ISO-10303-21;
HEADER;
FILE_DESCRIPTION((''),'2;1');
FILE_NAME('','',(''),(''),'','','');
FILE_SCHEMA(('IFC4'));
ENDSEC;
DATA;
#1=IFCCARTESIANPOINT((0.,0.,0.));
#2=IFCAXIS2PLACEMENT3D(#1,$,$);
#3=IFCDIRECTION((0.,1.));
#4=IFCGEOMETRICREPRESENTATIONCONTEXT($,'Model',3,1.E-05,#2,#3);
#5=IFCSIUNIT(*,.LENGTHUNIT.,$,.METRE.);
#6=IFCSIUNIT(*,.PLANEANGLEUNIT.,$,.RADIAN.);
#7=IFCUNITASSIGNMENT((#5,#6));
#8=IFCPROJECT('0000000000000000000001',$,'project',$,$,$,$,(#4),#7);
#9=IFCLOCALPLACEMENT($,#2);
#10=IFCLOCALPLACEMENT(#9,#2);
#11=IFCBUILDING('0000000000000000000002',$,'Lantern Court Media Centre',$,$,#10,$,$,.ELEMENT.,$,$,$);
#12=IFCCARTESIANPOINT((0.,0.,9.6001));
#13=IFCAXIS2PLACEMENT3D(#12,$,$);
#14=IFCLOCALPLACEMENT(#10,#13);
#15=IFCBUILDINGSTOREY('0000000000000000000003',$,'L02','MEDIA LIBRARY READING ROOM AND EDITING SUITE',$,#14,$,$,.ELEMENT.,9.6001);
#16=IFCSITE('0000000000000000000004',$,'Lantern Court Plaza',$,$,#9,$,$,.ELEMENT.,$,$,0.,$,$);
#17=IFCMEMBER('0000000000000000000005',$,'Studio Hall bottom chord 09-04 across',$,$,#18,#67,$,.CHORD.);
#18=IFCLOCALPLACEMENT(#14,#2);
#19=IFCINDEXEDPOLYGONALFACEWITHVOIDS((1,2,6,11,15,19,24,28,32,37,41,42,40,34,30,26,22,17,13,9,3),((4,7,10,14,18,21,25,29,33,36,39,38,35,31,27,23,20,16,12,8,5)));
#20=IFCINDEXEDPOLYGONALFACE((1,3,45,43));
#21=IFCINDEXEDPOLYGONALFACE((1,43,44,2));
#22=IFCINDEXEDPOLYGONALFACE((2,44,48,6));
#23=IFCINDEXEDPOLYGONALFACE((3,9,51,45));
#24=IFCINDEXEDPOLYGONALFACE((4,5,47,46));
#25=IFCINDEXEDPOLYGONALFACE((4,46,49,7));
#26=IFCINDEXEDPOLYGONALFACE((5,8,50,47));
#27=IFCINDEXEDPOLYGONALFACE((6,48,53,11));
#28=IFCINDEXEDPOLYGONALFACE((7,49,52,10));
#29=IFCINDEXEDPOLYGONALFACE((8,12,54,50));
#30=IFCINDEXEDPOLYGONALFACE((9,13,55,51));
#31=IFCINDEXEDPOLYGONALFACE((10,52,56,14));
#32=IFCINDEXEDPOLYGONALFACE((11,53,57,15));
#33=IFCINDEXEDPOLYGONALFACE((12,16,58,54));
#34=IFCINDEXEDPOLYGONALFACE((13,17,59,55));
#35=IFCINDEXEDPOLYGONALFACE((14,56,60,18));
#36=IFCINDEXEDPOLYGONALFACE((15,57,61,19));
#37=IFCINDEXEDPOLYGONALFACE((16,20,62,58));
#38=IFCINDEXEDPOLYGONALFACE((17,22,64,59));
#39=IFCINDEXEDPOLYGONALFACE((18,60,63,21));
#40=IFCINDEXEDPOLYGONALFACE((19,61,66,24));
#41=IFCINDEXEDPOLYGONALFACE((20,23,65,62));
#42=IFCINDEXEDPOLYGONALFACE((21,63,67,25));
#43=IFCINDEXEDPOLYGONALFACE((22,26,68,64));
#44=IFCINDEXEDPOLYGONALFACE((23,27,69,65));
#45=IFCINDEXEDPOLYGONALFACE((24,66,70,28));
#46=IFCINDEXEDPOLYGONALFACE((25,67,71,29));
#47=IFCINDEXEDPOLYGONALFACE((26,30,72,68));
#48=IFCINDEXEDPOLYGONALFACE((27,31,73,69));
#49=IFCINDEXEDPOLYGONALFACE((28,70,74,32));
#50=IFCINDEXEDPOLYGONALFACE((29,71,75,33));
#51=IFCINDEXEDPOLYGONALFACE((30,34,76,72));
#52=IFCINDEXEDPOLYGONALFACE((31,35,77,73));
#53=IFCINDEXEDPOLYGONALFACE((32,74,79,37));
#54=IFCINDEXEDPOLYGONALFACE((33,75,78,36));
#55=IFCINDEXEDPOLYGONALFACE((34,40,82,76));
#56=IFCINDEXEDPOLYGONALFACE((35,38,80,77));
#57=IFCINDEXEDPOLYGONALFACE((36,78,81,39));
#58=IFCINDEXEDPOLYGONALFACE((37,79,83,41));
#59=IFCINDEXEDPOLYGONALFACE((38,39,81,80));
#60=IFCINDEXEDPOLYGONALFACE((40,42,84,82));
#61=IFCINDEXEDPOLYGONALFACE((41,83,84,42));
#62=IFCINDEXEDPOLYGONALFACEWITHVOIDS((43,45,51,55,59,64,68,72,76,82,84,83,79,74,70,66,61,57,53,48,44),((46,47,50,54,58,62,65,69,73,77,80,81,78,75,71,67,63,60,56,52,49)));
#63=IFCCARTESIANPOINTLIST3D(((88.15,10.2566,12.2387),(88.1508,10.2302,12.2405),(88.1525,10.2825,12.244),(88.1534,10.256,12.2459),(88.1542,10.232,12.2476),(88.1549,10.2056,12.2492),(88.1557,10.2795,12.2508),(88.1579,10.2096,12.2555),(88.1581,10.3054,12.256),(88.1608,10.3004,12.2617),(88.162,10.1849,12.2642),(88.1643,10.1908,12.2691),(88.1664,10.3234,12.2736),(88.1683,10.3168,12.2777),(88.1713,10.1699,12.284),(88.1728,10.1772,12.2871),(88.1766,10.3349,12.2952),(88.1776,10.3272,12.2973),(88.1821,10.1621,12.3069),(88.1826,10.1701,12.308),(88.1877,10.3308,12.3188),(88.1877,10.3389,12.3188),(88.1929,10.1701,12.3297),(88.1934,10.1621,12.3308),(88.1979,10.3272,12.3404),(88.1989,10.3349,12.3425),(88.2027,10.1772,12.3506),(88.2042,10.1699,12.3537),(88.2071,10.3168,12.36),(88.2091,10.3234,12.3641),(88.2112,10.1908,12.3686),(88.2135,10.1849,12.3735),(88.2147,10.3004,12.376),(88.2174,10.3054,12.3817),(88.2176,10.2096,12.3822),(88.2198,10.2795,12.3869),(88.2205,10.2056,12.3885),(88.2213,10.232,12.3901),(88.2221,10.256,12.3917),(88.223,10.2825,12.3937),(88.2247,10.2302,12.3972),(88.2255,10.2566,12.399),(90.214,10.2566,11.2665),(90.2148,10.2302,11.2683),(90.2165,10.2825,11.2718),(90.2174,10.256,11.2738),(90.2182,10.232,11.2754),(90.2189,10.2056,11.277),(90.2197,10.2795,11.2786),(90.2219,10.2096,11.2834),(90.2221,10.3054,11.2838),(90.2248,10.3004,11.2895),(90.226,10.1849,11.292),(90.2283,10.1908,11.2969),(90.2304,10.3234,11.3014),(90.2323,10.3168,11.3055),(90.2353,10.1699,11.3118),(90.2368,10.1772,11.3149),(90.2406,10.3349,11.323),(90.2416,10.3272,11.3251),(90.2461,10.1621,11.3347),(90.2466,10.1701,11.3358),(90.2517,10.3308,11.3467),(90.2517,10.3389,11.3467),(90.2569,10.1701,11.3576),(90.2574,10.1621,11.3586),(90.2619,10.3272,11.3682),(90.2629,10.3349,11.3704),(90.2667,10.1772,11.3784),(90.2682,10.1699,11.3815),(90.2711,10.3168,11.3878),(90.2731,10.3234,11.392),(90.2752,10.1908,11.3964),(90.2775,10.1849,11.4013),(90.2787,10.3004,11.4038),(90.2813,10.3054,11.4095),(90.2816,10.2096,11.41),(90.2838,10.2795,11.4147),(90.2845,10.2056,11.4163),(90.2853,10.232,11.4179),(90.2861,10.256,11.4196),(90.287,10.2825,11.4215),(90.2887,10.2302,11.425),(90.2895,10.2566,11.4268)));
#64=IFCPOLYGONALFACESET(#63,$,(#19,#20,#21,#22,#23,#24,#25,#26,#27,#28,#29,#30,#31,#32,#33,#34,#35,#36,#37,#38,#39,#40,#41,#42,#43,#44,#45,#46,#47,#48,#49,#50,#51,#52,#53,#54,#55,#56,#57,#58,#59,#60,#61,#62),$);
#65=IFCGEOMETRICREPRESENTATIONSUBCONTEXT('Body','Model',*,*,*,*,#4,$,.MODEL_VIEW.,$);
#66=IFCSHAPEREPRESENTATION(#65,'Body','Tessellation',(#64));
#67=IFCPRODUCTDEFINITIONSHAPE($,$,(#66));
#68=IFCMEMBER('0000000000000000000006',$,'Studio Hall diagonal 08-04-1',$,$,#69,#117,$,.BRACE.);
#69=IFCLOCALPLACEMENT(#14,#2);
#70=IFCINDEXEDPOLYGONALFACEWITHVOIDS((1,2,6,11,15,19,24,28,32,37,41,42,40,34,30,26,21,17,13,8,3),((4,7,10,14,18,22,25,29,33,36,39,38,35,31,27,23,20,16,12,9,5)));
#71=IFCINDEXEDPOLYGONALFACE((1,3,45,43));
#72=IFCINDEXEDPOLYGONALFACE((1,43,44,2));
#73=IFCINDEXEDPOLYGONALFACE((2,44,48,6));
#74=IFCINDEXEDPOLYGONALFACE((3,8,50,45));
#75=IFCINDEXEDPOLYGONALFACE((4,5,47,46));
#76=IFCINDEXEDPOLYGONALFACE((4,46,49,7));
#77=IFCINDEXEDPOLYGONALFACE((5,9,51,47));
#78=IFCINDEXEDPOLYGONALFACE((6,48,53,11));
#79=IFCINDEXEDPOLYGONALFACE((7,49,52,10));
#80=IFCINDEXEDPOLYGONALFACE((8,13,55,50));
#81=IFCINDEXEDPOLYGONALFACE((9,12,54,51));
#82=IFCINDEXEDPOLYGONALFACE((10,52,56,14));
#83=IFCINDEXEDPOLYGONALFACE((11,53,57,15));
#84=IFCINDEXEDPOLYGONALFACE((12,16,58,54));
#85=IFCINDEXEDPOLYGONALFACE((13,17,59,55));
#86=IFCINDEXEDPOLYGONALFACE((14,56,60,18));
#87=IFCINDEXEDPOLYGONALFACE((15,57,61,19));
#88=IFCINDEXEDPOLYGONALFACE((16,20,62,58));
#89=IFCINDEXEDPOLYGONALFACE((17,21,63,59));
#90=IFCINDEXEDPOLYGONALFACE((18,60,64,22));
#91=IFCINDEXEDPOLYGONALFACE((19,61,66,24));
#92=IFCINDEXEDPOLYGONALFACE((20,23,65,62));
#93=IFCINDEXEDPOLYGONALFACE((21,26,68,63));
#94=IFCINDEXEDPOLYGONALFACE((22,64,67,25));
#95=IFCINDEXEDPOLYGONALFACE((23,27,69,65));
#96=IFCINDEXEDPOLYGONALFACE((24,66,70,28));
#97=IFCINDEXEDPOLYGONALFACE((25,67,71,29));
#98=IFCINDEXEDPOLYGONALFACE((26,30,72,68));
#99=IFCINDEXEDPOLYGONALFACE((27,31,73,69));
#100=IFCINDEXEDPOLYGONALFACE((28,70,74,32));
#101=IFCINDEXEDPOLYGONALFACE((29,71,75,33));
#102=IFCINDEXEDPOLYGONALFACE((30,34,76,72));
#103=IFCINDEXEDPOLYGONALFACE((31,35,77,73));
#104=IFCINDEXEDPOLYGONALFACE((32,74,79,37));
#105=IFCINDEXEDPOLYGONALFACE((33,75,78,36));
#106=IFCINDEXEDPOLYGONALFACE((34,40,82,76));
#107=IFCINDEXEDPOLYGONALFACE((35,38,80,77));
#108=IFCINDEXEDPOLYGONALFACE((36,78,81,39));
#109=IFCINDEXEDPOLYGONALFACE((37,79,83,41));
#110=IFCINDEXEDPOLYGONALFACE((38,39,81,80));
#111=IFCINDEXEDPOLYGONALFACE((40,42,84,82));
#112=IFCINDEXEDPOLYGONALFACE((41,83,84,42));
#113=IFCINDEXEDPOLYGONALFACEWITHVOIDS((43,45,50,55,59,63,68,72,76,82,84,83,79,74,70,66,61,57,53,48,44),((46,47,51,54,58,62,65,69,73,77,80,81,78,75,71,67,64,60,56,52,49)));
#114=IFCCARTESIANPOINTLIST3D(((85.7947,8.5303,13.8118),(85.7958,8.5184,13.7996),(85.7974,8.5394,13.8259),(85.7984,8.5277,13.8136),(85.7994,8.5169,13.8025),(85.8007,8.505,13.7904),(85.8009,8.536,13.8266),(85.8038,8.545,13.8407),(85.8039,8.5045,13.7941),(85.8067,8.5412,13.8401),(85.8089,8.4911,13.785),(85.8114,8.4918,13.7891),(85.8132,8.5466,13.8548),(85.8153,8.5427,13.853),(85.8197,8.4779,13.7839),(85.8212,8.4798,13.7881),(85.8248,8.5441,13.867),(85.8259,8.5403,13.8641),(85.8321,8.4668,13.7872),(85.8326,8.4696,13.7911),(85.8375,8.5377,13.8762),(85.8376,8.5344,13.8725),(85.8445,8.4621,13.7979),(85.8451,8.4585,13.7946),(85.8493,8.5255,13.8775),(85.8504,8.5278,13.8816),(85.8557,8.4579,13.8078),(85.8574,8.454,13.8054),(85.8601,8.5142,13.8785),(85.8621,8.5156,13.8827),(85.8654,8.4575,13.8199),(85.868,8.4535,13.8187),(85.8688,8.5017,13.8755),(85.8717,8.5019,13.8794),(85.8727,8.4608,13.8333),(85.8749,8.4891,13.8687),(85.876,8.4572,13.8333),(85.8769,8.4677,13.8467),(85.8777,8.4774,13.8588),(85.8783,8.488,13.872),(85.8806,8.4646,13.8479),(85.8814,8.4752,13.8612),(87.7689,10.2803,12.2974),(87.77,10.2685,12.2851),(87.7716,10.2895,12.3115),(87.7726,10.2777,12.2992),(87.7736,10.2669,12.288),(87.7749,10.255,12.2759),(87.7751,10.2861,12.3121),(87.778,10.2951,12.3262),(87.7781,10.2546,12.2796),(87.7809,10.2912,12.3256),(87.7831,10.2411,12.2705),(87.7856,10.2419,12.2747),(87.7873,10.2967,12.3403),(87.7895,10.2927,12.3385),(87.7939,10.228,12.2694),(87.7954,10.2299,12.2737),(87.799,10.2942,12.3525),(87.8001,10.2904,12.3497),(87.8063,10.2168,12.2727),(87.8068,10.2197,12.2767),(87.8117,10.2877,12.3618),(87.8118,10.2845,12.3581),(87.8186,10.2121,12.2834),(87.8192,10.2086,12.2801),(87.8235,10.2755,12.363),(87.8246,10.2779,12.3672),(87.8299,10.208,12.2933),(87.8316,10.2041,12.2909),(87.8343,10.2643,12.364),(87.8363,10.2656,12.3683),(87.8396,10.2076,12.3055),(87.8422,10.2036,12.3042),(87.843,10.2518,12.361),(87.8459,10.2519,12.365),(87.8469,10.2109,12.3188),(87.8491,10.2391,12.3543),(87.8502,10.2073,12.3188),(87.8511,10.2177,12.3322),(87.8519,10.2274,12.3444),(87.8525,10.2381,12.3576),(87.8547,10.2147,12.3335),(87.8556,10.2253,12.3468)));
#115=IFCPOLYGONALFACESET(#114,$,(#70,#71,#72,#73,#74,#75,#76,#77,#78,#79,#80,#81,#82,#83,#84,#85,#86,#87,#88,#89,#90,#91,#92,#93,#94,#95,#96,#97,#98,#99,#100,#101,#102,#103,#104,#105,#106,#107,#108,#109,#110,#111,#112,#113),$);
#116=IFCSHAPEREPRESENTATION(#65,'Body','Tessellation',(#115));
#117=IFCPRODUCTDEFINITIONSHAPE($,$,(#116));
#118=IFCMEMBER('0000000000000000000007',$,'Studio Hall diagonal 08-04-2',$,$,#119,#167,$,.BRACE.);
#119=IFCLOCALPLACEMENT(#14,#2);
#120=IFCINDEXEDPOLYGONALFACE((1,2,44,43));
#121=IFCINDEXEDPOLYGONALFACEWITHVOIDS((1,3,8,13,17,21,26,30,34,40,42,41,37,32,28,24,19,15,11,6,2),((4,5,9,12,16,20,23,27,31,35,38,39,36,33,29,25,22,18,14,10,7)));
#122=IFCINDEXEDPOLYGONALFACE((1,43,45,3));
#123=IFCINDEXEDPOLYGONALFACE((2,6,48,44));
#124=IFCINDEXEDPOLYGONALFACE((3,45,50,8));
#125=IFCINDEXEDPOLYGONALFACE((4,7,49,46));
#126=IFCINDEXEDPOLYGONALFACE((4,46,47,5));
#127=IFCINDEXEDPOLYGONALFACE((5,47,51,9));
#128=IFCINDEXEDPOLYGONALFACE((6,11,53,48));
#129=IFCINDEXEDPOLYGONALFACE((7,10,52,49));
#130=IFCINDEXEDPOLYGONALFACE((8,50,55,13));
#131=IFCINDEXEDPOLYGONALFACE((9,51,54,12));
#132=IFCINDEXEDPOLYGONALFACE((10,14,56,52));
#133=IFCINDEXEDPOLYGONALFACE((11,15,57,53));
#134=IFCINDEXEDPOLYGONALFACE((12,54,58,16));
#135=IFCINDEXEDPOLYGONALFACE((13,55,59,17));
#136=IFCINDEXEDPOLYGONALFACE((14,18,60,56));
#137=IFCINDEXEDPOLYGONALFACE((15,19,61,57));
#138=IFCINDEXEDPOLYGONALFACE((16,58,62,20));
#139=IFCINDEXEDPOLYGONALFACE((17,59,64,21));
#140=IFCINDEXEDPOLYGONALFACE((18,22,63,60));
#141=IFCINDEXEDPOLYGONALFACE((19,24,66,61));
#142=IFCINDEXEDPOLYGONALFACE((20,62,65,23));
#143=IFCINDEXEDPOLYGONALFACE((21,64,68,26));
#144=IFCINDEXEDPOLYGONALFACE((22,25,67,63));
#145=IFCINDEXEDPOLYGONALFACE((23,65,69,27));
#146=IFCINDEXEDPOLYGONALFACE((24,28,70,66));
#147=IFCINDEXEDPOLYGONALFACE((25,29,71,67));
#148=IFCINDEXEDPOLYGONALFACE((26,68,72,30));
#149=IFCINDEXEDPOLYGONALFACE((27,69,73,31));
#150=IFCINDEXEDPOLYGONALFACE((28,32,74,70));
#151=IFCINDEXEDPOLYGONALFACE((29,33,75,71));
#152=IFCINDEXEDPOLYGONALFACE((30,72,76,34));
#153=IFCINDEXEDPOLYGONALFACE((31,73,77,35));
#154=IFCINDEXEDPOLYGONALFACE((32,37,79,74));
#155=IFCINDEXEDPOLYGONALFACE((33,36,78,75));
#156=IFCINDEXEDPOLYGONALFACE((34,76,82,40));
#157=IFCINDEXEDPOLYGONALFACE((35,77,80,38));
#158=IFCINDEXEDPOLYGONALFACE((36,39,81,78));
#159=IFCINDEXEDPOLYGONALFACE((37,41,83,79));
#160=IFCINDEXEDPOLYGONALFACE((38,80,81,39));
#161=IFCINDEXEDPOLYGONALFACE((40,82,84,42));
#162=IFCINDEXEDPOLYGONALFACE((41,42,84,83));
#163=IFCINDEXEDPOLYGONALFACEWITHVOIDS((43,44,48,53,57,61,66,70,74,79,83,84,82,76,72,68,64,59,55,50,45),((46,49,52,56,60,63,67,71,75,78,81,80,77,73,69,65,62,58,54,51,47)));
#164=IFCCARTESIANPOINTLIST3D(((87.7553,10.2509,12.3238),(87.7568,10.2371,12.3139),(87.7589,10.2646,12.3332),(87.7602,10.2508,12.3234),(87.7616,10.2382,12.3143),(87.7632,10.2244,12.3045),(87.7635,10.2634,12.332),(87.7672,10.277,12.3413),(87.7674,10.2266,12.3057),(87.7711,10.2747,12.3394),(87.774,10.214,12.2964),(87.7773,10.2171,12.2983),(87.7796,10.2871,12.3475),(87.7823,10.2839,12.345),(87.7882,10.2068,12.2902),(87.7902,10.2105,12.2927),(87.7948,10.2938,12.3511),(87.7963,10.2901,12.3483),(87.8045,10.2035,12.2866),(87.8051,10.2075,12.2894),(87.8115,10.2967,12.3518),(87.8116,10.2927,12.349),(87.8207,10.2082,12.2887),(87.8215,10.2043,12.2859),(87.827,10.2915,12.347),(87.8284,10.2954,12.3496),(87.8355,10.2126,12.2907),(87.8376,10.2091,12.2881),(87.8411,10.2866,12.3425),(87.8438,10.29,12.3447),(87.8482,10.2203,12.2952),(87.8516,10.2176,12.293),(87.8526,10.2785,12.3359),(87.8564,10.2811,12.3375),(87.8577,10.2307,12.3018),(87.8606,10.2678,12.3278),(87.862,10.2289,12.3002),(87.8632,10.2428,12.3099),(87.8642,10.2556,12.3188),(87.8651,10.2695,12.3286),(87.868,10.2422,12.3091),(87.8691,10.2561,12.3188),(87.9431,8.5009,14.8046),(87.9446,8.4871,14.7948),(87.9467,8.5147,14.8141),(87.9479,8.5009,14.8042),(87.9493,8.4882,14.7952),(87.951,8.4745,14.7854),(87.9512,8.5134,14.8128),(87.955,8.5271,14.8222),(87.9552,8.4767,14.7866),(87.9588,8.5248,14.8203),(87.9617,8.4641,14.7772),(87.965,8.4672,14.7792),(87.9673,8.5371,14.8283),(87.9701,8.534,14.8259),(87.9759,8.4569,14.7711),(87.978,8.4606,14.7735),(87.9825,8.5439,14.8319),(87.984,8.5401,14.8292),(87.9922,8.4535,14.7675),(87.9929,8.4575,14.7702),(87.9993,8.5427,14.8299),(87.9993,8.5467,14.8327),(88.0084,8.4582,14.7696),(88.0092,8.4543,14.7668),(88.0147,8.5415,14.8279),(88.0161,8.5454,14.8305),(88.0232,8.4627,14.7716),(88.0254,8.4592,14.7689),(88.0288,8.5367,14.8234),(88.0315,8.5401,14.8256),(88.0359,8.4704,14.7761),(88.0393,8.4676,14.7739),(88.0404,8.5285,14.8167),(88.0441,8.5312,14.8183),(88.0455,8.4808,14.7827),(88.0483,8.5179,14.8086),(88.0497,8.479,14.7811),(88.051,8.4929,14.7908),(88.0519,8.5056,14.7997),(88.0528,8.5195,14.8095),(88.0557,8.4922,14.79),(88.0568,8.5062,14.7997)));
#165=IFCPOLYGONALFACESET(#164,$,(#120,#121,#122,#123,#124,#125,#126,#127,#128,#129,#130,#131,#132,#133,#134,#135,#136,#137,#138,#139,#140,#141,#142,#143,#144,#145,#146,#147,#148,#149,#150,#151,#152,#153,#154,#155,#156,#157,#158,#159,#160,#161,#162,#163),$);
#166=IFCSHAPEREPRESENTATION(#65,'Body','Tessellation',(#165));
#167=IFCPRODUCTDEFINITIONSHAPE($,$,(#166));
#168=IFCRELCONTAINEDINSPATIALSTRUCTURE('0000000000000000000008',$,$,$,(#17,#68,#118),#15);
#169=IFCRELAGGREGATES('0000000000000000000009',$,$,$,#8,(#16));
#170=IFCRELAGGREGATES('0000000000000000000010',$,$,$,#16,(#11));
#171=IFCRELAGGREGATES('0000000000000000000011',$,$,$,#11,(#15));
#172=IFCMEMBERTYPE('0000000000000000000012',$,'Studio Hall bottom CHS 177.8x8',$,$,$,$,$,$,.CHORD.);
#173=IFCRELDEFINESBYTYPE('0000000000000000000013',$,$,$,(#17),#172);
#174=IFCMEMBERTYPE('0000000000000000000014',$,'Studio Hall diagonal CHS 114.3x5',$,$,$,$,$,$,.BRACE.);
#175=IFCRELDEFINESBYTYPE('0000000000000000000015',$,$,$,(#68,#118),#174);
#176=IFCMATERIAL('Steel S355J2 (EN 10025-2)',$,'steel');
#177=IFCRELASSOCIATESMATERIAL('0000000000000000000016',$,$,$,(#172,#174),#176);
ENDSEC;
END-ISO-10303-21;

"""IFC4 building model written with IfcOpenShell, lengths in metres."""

from ifc_helpers import new_model, si_unit, direction, frame, origin, origin_2d, place, context, subcontext, project, spatial, hollow_circle, extrude, material, material_profile, profile_set, type_object, element, save


model = new_model("IFC4")

# Units and contexts
model_context = context("Model", 3, precision=1e-05, world=origin(), true_north=direction((0.0, 1.0)))
body_context = subcontext(model_context, "Body", "Model", "MODEL_VIEW")
ifc_project = project(units=[si_unit("LENGTHUNIT", "METRE"), si_unit("PLANEANGLEUNIT", "RADIAN")], contexts=[model_context])

# Site, building, storey
site_placement = place(None, origin())
site = spatial("IfcSite", under=ifc_project, at=site_placement, Name="Lantern Court Plaza", CompositionType="ELEMENT", RefElevation=0.0)
building_placement = place(site_placement, origin())
building = spatial("IfcBuilding", under=site, at=building_placement, Name="Lantern Court Media Centre", CompositionType="ELEMENT")
storey_placement = place(building_placement, frame((0.0, 0.0, 9.6001)))
storey = spatial("IfcBuildingStorey", under=building, at=storey_placement, Name="L02", Description="MEDIA LIBRARY READING ROOM AND EDITING SUITE", CompositionType="ELEMENT", Elevation=9.6001)

# Members
ifc_material = material(Name="Steel S355J2 (EN 10025-2)", Category="steel")
ifc_material_profile_1 = material_profile(ifc_material, hollow_circle(Radius=0.0889, WallThickness=0.0081, at=origin_2d()), Name="Studio Hall bottom CHS 177.8x8")
ifc_profile_set_1 = profile_set([ifc_material_profile_1], Name="Steel S355J2 (EN 10025-2)")
member_type_1 = type_object("IfcMemberType", Name="Studio Hall bottom CHS 177.8x8", PredefinedType="CHORD", material=ifc_profile_set_1)
member_1_placement = place(storey_placement, frame((88.1877, 10.25, 12.3188), z_axis=(0.904668, 0.0, -0.426117), x_axis=(0.0, 1.0, 0.0)))
element("IfcMember", 1, at=member_1_placement, inside=storey, type_object=member_type_1, Name="Studio Hall bottom chord 09-04 across", PredefinedType="CHORD", context=body_context, shape_type="SweptSolid", body=[
    extrude(hollow_circle(Radius=0.0889, WallThickness=0.0081, at=origin_2d()), origin(), (0.0, 0.0, 1.0), 2.2815),
])
ifc_material_profile_2 = material_profile(ifc_material, hollow_circle(Radius=0.0571, WallThickness=0.0049, at=origin_2d()), Name="Studio Hall diagonal CHS 114.3x5")
ifc_profile_set_2 = profile_set([ifc_material_profile_2], Name="Steel S355J2 (EN 10025-2)")
member_type_2 = type_object("IfcMemberType", Name="Studio Hall diagonal CHS 114.3x5", PredefinedType="BRACE", material=ifc_profile_set_2)
member_2_placement = place(storey_placement, frame((87.8123, 10.25, 12.3188), z_axis=(-0.648979, -0.575301, 0.49785), x_axis=(0.663352, -0.748307, 0.0)))
element("IfcMember", 2, at=member_2_placement, inside=storey, type_object=member_type_2, Name="Studio Hall diagonal 08-04-1", PredefinedType="BRACE", context=body_context, shape_type="SweptSolid", body=[
    extrude(hollow_circle(Radius=0.0571, WallThickness=0.0049, at=origin_2d()), origin(), (0.0, 0.0, 1.0), 3.042),
])
for number, where, z_axis, x_axis, name in (
    (3, (87.8123, 10.25, 12.3188), (0.06172, -0.575306, 0.815606), (0.994294, 0.10667, 0.0), "Studio Hall diagonal 08-04-2"),
):
    element("IfcMember", number, at=place(storey_placement, frame(where, z_axis=z_axis, x_axis=x_axis)), inside=storey, type_object=member_type_2, Name=name, PredefinedType="BRACE", context=body_context, shape_type="SweptSolid", body=[
        extrude(hollow_circle(Radius=0.0571, WallThickness=0.0049, at=origin_2d()), origin(), (0.0, 0.0, 1.0), 3.0417),
    ])

save(model, "model.ifc")
